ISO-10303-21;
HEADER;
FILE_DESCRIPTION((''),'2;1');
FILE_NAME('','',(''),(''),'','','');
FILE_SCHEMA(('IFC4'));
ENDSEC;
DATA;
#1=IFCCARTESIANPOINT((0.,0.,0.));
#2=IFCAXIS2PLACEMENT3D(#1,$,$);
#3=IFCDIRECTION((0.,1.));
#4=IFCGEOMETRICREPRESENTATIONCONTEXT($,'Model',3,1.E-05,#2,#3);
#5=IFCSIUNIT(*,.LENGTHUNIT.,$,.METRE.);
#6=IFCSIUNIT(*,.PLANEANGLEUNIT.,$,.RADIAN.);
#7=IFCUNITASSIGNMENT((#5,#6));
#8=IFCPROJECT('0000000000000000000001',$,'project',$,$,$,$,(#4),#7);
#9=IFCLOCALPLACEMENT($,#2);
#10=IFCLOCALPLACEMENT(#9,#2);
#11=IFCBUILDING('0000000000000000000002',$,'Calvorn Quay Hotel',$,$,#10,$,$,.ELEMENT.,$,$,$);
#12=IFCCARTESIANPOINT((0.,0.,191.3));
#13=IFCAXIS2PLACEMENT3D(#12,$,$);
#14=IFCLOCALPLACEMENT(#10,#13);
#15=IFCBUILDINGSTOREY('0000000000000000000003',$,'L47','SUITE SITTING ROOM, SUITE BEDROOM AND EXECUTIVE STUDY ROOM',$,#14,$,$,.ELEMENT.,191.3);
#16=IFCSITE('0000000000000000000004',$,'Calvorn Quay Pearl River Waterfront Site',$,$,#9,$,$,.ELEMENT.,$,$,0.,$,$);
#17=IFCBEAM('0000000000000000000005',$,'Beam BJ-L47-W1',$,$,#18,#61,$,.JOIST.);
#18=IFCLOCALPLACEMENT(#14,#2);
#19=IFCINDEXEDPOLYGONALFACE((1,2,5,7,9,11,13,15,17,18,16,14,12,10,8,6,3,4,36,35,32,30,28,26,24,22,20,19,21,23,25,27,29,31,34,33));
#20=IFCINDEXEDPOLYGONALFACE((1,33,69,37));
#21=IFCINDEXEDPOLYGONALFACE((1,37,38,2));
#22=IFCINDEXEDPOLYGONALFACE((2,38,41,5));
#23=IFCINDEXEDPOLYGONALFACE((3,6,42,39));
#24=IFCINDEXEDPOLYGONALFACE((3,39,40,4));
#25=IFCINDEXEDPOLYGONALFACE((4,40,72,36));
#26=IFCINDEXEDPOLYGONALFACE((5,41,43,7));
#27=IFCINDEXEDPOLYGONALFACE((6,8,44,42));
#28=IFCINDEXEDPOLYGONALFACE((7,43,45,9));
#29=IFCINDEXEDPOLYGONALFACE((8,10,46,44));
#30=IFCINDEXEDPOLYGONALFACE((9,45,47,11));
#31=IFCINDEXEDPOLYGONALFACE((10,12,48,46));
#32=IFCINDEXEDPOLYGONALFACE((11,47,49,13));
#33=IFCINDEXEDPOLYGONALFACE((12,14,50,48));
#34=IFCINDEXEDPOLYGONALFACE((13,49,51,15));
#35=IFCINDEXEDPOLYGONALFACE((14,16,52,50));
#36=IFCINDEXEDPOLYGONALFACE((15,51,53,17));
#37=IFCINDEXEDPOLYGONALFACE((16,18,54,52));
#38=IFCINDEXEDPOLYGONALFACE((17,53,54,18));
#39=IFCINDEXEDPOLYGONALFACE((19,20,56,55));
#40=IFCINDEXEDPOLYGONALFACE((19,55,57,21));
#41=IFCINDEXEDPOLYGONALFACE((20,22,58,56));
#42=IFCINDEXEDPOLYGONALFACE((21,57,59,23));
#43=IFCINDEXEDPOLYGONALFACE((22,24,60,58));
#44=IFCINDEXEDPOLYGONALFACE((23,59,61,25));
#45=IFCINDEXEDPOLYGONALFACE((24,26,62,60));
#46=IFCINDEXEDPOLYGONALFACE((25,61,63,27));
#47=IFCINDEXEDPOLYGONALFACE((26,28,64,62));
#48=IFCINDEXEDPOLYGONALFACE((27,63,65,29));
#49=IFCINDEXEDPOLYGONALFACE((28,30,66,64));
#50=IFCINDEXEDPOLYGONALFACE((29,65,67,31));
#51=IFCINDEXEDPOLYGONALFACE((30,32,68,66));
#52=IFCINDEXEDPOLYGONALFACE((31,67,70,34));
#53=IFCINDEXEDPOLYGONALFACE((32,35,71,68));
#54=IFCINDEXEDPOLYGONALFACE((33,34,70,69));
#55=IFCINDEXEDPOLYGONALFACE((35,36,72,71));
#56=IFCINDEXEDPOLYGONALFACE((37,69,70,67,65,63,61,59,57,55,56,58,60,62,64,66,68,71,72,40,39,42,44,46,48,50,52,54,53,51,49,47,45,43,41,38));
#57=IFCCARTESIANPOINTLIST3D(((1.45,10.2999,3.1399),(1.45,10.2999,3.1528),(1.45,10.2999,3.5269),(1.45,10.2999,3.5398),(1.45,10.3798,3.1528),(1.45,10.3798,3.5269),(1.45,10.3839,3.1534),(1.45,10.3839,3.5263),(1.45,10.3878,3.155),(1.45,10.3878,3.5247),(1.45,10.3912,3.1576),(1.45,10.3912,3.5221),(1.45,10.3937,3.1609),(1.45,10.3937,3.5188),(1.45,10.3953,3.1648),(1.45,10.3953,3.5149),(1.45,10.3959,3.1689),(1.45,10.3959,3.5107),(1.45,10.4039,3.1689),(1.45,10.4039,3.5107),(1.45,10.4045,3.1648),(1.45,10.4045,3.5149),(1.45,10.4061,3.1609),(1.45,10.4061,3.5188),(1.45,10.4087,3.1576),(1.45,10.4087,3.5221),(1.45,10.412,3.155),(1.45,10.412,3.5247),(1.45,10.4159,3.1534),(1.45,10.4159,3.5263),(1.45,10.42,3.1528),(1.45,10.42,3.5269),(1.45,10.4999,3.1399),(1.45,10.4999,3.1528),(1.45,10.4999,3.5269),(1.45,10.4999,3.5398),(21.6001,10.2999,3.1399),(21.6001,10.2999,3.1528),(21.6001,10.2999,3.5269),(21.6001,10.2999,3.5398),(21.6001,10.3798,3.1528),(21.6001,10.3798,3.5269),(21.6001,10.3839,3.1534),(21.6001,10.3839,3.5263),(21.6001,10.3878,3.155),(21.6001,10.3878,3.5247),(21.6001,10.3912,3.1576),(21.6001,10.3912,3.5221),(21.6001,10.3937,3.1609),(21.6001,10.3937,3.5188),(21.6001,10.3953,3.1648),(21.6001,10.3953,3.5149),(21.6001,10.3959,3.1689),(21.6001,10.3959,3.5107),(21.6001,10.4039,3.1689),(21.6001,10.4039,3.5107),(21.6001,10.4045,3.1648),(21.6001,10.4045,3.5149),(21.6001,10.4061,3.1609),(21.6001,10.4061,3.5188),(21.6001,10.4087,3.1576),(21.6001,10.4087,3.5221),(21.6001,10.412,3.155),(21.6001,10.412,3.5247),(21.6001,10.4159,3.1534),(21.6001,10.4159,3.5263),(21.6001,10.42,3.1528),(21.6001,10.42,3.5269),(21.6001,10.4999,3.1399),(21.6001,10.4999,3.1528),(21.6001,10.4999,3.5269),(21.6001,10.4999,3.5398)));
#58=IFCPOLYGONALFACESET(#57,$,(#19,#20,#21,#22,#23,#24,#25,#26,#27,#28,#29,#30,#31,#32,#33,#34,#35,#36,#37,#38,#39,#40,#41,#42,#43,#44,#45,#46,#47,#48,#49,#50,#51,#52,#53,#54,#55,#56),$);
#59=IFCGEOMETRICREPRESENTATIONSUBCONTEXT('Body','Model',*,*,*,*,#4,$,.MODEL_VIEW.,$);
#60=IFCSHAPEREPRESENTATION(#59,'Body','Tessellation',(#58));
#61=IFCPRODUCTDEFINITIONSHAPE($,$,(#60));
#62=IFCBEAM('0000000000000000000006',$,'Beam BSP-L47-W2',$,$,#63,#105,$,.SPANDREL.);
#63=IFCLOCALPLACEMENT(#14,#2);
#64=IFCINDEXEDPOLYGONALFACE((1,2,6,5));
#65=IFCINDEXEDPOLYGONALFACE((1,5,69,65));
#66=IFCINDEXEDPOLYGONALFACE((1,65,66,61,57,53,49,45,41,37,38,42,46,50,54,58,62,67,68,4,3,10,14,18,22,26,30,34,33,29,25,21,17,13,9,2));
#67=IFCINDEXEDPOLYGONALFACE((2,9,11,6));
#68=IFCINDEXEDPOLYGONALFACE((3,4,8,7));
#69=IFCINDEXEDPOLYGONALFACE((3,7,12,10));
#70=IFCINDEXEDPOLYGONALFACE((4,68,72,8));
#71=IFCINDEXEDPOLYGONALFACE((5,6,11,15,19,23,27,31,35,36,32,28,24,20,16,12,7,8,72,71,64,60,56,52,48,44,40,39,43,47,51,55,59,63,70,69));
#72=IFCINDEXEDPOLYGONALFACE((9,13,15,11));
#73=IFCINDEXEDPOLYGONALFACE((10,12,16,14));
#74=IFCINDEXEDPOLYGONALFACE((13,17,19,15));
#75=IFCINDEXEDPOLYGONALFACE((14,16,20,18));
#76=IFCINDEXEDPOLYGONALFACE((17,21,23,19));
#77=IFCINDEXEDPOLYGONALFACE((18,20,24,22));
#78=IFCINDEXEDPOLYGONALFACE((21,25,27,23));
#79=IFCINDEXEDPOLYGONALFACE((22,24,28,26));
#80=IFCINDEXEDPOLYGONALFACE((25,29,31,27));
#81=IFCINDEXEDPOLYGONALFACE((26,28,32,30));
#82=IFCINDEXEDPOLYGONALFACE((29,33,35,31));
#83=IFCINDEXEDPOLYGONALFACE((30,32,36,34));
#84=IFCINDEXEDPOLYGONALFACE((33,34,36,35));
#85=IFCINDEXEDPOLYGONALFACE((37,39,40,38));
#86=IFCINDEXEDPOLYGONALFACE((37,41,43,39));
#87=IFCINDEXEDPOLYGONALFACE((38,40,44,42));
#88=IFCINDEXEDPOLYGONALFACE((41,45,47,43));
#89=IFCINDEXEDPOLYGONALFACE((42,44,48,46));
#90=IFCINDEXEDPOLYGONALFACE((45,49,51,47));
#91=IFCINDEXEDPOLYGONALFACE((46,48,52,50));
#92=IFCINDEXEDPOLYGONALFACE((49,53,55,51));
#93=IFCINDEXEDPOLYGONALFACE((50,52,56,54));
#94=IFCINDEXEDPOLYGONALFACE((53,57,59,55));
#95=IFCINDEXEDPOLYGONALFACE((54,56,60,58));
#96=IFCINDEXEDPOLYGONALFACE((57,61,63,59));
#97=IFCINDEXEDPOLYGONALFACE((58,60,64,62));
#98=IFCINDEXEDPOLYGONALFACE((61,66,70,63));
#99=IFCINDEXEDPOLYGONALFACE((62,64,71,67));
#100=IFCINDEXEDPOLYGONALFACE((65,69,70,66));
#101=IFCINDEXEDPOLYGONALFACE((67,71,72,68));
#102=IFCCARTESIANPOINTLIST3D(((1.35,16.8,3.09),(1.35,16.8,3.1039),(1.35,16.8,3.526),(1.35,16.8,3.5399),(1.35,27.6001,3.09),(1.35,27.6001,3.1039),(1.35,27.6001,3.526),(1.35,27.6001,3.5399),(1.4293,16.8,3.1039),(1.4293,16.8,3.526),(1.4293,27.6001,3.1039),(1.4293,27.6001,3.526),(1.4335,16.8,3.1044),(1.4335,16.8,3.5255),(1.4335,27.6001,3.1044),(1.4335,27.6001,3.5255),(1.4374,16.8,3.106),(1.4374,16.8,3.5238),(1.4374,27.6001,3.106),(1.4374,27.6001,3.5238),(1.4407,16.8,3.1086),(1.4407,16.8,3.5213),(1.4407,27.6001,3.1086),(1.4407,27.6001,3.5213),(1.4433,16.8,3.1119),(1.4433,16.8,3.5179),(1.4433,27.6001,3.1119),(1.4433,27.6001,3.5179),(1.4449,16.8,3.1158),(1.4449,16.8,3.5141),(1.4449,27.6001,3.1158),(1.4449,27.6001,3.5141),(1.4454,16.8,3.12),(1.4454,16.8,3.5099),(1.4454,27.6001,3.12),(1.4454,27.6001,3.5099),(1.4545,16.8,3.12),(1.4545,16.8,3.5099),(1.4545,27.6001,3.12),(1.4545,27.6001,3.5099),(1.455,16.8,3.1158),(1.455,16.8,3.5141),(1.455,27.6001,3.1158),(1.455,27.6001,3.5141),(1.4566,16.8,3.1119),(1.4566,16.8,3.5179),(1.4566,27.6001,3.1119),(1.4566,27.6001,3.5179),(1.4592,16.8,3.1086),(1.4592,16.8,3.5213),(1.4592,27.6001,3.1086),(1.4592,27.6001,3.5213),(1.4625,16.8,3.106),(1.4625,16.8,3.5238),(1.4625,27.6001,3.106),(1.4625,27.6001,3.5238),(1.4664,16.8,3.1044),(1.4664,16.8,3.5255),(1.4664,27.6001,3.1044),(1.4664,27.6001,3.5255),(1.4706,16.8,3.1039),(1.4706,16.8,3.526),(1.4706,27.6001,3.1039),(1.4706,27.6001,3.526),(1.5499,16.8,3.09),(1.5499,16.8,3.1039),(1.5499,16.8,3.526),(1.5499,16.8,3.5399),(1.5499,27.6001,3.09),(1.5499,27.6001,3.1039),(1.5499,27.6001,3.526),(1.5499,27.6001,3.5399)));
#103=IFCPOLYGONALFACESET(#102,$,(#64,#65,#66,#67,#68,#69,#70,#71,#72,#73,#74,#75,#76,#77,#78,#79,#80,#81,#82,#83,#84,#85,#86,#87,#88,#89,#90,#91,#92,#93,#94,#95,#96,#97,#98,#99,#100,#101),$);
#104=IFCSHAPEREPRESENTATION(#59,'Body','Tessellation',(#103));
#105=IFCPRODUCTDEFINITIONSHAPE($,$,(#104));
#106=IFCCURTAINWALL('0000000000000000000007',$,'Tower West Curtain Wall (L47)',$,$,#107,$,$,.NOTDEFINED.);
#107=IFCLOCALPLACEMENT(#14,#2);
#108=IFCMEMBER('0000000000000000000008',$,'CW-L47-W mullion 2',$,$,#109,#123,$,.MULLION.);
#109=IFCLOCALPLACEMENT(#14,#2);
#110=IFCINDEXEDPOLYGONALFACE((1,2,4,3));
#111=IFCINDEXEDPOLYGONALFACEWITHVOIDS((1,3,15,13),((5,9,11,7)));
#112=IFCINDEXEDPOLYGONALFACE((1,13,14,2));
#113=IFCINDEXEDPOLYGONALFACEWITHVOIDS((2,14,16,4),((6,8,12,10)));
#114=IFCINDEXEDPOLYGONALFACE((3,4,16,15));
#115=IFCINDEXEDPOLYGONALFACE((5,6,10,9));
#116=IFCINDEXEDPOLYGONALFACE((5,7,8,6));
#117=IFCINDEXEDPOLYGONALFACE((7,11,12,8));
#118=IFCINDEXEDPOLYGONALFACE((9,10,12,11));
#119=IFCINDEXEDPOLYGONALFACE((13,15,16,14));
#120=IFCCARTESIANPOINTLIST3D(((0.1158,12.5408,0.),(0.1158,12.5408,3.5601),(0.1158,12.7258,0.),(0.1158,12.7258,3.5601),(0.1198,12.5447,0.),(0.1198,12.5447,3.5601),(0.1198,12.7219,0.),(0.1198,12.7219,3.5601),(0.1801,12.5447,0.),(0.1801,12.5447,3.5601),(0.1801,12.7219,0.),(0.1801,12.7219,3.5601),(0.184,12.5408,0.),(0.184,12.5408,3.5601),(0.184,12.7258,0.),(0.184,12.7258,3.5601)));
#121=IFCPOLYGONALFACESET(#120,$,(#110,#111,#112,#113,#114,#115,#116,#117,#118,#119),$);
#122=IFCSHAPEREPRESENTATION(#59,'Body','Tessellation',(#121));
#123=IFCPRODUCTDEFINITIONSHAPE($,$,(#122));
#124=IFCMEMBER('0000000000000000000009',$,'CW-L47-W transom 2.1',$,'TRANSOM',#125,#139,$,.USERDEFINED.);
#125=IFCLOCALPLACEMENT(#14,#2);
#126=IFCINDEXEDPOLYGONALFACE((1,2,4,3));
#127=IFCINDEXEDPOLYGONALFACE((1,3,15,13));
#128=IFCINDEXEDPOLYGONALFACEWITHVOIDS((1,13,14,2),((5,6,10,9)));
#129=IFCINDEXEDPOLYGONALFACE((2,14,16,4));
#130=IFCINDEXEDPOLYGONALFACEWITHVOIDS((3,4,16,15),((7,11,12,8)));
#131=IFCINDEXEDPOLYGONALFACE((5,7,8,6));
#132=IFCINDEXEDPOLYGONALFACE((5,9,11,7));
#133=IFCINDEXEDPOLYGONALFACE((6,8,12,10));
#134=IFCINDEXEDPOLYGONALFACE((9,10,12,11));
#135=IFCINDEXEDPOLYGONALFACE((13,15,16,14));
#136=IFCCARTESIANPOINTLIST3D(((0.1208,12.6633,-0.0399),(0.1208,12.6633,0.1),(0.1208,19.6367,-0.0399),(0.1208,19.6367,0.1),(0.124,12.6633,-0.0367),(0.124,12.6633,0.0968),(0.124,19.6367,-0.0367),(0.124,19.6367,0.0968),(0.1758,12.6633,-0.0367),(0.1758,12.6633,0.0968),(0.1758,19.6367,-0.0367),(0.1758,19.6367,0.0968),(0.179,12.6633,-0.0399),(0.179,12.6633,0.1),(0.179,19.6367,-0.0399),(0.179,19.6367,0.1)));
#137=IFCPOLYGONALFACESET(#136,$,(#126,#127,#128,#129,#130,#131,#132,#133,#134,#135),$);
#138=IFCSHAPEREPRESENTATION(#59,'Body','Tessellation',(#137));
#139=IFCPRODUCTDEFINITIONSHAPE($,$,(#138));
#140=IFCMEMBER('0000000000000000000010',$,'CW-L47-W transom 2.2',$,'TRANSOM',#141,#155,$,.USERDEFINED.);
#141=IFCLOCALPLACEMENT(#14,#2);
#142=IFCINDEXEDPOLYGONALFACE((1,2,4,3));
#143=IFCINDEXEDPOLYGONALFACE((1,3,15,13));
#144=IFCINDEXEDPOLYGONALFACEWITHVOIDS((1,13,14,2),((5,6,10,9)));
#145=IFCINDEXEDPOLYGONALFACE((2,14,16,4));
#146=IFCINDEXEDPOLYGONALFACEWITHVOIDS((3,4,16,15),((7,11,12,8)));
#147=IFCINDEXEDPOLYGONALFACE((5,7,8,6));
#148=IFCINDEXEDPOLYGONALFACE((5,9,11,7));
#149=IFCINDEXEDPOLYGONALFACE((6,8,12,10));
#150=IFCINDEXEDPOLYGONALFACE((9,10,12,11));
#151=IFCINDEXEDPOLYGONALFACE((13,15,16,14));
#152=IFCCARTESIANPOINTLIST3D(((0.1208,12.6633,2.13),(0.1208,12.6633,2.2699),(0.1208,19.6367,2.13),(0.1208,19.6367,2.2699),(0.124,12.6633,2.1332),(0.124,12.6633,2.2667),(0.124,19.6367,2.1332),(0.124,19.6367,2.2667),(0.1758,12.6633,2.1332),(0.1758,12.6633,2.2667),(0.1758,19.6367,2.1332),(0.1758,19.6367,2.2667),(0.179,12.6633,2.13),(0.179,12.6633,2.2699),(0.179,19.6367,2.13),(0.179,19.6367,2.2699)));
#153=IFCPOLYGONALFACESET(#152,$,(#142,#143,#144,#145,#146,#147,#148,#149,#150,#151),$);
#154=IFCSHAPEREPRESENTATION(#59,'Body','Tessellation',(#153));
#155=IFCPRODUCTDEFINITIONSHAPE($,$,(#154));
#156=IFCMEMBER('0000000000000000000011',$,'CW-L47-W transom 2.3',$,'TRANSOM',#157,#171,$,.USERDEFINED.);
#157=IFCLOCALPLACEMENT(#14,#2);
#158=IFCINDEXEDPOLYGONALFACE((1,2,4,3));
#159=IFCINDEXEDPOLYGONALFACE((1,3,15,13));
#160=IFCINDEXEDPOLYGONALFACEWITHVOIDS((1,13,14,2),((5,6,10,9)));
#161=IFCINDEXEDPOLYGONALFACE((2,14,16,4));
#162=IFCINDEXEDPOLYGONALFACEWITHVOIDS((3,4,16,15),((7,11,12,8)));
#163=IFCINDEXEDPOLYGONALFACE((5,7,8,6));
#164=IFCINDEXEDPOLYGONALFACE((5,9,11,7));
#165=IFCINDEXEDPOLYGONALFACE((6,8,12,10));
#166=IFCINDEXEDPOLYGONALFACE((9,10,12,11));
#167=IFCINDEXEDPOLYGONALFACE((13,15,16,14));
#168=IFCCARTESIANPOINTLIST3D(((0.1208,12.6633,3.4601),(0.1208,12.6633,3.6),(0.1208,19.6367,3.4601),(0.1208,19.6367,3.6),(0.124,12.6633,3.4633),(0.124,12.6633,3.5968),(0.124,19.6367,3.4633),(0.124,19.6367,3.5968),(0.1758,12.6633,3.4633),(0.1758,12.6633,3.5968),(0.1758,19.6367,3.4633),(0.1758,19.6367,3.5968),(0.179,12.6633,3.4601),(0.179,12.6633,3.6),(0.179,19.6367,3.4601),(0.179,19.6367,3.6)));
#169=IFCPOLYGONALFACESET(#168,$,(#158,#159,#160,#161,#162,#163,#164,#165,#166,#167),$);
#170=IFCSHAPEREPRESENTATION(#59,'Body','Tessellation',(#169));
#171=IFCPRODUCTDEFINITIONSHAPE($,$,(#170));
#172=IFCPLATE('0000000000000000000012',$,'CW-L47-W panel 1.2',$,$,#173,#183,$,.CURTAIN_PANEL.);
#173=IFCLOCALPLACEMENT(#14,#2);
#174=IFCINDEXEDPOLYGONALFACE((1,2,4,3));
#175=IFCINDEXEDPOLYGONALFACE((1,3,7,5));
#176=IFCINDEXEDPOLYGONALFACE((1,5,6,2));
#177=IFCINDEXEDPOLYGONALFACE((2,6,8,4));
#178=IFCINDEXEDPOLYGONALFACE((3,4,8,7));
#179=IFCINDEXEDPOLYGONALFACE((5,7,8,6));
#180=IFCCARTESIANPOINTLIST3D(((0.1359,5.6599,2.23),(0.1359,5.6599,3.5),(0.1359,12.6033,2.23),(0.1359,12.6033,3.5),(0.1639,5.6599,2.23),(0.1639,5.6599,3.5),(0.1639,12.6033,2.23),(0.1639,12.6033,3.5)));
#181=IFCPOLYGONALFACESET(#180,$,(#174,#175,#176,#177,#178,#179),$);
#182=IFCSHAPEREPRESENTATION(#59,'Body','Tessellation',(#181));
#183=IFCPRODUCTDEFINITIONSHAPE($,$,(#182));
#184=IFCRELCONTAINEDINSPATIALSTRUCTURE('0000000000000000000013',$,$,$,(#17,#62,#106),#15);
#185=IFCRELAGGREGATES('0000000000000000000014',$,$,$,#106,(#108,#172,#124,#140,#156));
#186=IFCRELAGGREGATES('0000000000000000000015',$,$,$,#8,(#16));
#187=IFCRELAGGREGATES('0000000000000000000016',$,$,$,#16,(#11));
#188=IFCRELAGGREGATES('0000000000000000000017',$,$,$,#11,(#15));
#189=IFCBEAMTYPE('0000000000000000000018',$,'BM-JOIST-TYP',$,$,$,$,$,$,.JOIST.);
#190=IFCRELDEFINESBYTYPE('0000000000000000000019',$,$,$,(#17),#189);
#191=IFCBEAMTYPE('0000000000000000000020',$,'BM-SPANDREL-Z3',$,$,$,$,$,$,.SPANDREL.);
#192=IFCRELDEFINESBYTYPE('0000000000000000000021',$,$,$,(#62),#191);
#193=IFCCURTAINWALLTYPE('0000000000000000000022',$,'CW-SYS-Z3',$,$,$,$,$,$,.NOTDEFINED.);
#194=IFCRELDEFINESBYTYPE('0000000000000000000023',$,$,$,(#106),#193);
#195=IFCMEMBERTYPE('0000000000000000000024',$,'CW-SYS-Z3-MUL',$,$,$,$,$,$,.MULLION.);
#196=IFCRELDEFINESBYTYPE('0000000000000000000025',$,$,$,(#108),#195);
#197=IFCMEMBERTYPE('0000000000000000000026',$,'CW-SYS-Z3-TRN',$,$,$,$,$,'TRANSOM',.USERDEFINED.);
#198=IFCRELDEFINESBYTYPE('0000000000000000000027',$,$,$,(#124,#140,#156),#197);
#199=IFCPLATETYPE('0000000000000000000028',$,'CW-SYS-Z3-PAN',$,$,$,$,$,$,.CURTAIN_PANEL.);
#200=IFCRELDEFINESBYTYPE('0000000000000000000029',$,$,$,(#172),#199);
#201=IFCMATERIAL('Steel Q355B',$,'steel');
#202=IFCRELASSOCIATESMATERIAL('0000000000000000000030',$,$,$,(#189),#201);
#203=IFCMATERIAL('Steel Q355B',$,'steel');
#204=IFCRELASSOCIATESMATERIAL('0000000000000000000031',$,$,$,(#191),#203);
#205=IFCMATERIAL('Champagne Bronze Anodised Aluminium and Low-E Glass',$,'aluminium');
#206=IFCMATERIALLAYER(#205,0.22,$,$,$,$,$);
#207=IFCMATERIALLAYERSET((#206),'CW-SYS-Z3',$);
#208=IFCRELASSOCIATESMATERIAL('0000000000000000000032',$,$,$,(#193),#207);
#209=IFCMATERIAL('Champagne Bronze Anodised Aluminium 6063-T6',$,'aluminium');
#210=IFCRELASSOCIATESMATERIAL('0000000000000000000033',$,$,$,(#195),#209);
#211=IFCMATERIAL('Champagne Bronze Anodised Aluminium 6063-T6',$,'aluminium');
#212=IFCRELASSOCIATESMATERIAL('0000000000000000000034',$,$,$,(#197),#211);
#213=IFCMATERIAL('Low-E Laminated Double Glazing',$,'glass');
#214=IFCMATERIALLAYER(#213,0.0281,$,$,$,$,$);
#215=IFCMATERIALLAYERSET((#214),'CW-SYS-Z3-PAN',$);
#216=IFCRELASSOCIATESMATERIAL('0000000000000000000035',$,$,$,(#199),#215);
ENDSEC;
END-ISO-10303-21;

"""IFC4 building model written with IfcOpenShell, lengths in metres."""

from ifc_helpers import new_model, si_unit, direction, frame, origin, origin_2d, place, context, subcontext, project, spatial, rectangle, hollow_rectangle, i_section, extrude, material, layer, layer_set, material_profile, profile_set, type_object, element, aggregate, save


model = new_model("IFC4")

# Units and contexts
model_context = context("Model", 3, precision=1e-05, world=origin(), true_north=direction((0.0, 1.0)))
body_context = subcontext(model_context, "Body", "Model", "MODEL_VIEW")
ifc_project = project(units=[si_unit("LENGTHUNIT", "METRE"), si_unit("PLANEANGLEUNIT", "RADIAN")], contexts=[model_context])

# Site, building, storey
site_placement = place(None, origin())
site = spatial("IfcSite", under=ifc_project, at=site_placement, Name="Calvorn Quay Pearl River Waterfront Site", CompositionType="ELEMENT", RefElevation=0.0)
building_placement = place(site_placement, origin())
building = spatial("IfcBuilding", under=site, at=building_placement, Name="Calvorn Quay Hotel", CompositionType="ELEMENT")
storey_placement = place(building_placement, frame((0.0, 0.0, 191.3)))
storey = spatial("IfcBuildingStorey", under=building, at=storey_placement, Name="L47", Description="SUITE SITTING ROOM, SUITE BEDROOM AND EXECUTIVE STUDY ROOM", CompositionType="ELEMENT", Elevation=191.3)

# Beams
ifc_material_1 = material(Name="Steel Q355B", Category="steel")
ifc_material_profile_1 = material_profile(ifc_material_1, i_section(OverallWidth=0.2, OverallDepth=0.3999, WebThickness=0.0081, FlangeThickness=0.0129, FilletRadius=0.0161, at=origin_2d()), Name="HN400x200x8x13")
ifc_profile_set_1 = profile_set([ifc_material_profile_1], Name="Steel Q355B")
beam_type_1 = type_object("IfcBeamType", Name="BM-JOIST-TYP", PredefinedType="JOIST", material=ifc_profile_set_1)
beam_1_placement = place(storey_placement, frame((1.45, 10.3999, 3.3398), z_axis=(1.0, 0.0, 0.0), x_axis=(0.0, 1.0, 0.0)))
element("IfcBeam", 1, at=beam_1_placement, inside=storey, type_object=beam_type_1, Name="Beam BJ-L47-W1", PredefinedType="JOIST", context=body_context, shape_type="SweptSolid", body=[
    extrude(i_section(OverallWidth=0.2, OverallDepth=0.3999, WebThickness=0.0081, FlangeThickness=0.0129, FilletRadius=0.0161, at=origin_2d()), origin(), (0.0, 0.0, 1.0), 20.1501),
])
ifc_material_2 = material(Name="Steel Q355B", Category="steel")
ifc_material_profile_2 = material_profile(ifc_material_2, i_section(OverallWidth=0.2, OverallDepth=0.45, WebThickness=0.009, FlangeThickness=0.0139, FilletRadius=0.0161, at=origin_2d()), Name="HN450x200x9x14")
ifc_profile_set_2 = profile_set([ifc_material_profile_2], Name="Steel Q355B")
beam_type_2 = type_object("IfcBeamType", Name="BM-SPANDREL-Z3", PredefinedType="SPANDREL", material=ifc_profile_set_2)
beam_2_placement = place(storey_placement, frame((1.45, 16.8, 3.3149), z_axis=(0.0, 1.0, 0.0), x_axis=(-1.0, 0.0, 0.0)))
element("IfcBeam", 2, at=beam_2_placement, inside=storey, type_object=beam_type_2, Name="Beam BSP-L47-W2", PredefinedType="SPANDREL", context=body_context, shape_type="SweptSolid", body=[
    extrude(i_section(OverallWidth=0.2, OverallDepth=0.45, WebThickness=0.009, FlangeThickness=0.0139, FilletRadius=0.0161, at=origin_2d()), origin(), (0.0, 0.0, 1.0), 10.8),
])

# Curtain wall, members, plate
ifc_material_3 = material(Name="Champagne Bronze Anodised Aluminium and Low-E Glass", Category="aluminium")
ifc_layer_1 = layer(ifc_material_3, 0.22)
ifc_layer_set_1 = layer_set([ifc_layer_1], Name="CW-SYS-Z3")
curtain_wall_type = type_object("IfcCurtainWallType", Name="CW-SYS-Z3", PredefinedType="NOTDEFINED", material=ifc_layer_set_1)
curtain_wall_placement = place(storey_placement, origin())
curtain_wall = element("IfcCurtainWall", 3, at=curtain_wall_placement, inside=storey, type_object=curtain_wall_type, Name="Tower West Curtain Wall (L47)", PredefinedType="NOTDEFINED")
ifc_material_4 = material(Name="Champagne Bronze Anodised Aluminium 6063-T6", Category="aluminium")
ifc_material_profile_3 = material_profile(ifc_material_4, hollow_rectangle(XDim=0.0681, YDim=0.1851, WallThickness=0.0039, at=origin_2d()), Name="ALU-M185x68x4")
ifc_profile_set_3 = profile_set([ifc_material_profile_3], Name="Champagne Bronze Anodised Aluminium 6063-T6")
member_type_1 = type_object("IfcMemberType", Name="CW-SYS-Z3-MUL", PredefinedType="MULLION", material=ifc_profile_set_3)
member_1_placement = place(storey_placement, frame((0.1499, 12.6333, 0.0), z_axis=(0.0, 0.0, 1.0), x_axis=(-1.0, 0.0, 0.0)))
member_1 = element("IfcMember", 4, at=member_1_placement, type_object=member_type_1, Name="CW-L47-W mullion 2", PredefinedType="MULLION", context=body_context, shape_type="SweptSolid", body=[
    extrude(hollow_rectangle(XDim=0.0681, YDim=0.1851, WallThickness=0.0039, at=origin_2d()), origin(), (0.0, 0.0, 1.0), 3.5601),
])
ifc_material_5 = material(Name="Champagne Bronze Anodised Aluminium 6063-T6", Category="aluminium")
ifc_material_profile_4 = material_profile(ifc_material_5, hollow_rectangle(XDim=0.0581, YDim=0.1399, WallThickness=0.0032, at=origin_2d()), Name="ALU-T140x58x3.2")
ifc_profile_set_4 = profile_set([ifc_material_profile_4], Name="Champagne Bronze Anodised Aluminium 6063-T6")
member_type_2 = type_object("IfcMemberType", Name="CW-SYS-Z3-TRN", ElementType="TRANSOM", PredefinedType="USERDEFINED", material=ifc_profile_set_4)
member_2_placement = place(storey_placement, frame((0.1499, 12.6633, 0.03), z_axis=(0.0, 1.0, 0.0), x_axis=(-1.0, 0.0, 0.0)))
member_2 = element("IfcMember", 5, at=member_2_placement, type_object=member_type_2, Name="CW-L47-W transom 2.1", ObjectType="TRANSOM", PredefinedType="USERDEFINED", context=body_context, shape_type="SweptSolid", body=[
    extrude(hollow_rectangle(XDim=0.0581, YDim=0.1399, WallThickness=0.0032, at=origin_2d()), origin(), (0.0, 0.0, 1.0), 6.9734),
])
member_3_placement = place(storey_placement, frame((0.1499, 12.6633, 2.2), z_axis=(0.0, 1.0, 0.0), x_axis=(-1.0, 0.0, 0.0)))
member_3 = element("IfcMember", 6, at=member_3_placement, type_object=member_type_2, Name="CW-L47-W transom 2.2", ObjectType="TRANSOM", PredefinedType="USERDEFINED", context=body_context, shape_type="SweptSolid", body=[
    extrude(hollow_rectangle(XDim=0.0581, YDim=0.1399, WallThickness=0.0032, at=origin_2d()), origin(), (0.0, 0.0, 1.0), 6.9734),
])
member_4_placement = place(storey_placement, frame((0.1499, 12.6633, 3.53), z_axis=(0.0, 1.0, 0.0), x_axis=(-1.0, 0.0, 0.0)))
member_4 = element("IfcMember", 7, at=member_4_placement, type_object=member_type_2, Name="CW-L47-W transom 2.3", ObjectType="TRANSOM", PredefinedType="USERDEFINED", context=body_context, shape_type="SweptSolid", body=[
    extrude(hollow_rectangle(XDim=0.0581, YDim=0.1399, WallThickness=0.0032, at=origin_2d()), origin(), (0.0, 0.0, 1.0), 6.9734),
])
ifc_material_6 = material(Name="Low-E Laminated Double Glazing", Category="glass")
ifc_layer_2 = layer(ifc_material_6, 0.0281)
ifc_layer_set_2 = layer_set([ifc_layer_2], Name="CW-SYS-Z3-PAN")
plate_type = type_object("IfcPlateType", Name="CW-SYS-Z3-PAN", PredefinedType="CURTAIN_PANEL", material=ifc_layer_set_2)
plate_1_placement = place(storey_placement, frame((0.1499, 9.1316, 2.23), z_axis=(0.0, 0.0, 1.0), x_axis=(0.0, 1.0, 0.0)))
plate_1 = element("IfcPlate", 8, at=plate_1_placement, type_object=plate_type, Name="CW-L47-W panel 1.2", PredefinedType="CURTAIN_PANEL", context=body_context, shape_type="SweptSolid", body=[
    extrude(rectangle(XDim=6.9434, YDim=0.0281, at=origin_2d()), origin(), (0.0, 0.0, 1.0), 1.27),
])
aggregate(curtain_wall, [member_1, plate_1, member_2, member_3, member_4])

save(model, "model.ifc")
